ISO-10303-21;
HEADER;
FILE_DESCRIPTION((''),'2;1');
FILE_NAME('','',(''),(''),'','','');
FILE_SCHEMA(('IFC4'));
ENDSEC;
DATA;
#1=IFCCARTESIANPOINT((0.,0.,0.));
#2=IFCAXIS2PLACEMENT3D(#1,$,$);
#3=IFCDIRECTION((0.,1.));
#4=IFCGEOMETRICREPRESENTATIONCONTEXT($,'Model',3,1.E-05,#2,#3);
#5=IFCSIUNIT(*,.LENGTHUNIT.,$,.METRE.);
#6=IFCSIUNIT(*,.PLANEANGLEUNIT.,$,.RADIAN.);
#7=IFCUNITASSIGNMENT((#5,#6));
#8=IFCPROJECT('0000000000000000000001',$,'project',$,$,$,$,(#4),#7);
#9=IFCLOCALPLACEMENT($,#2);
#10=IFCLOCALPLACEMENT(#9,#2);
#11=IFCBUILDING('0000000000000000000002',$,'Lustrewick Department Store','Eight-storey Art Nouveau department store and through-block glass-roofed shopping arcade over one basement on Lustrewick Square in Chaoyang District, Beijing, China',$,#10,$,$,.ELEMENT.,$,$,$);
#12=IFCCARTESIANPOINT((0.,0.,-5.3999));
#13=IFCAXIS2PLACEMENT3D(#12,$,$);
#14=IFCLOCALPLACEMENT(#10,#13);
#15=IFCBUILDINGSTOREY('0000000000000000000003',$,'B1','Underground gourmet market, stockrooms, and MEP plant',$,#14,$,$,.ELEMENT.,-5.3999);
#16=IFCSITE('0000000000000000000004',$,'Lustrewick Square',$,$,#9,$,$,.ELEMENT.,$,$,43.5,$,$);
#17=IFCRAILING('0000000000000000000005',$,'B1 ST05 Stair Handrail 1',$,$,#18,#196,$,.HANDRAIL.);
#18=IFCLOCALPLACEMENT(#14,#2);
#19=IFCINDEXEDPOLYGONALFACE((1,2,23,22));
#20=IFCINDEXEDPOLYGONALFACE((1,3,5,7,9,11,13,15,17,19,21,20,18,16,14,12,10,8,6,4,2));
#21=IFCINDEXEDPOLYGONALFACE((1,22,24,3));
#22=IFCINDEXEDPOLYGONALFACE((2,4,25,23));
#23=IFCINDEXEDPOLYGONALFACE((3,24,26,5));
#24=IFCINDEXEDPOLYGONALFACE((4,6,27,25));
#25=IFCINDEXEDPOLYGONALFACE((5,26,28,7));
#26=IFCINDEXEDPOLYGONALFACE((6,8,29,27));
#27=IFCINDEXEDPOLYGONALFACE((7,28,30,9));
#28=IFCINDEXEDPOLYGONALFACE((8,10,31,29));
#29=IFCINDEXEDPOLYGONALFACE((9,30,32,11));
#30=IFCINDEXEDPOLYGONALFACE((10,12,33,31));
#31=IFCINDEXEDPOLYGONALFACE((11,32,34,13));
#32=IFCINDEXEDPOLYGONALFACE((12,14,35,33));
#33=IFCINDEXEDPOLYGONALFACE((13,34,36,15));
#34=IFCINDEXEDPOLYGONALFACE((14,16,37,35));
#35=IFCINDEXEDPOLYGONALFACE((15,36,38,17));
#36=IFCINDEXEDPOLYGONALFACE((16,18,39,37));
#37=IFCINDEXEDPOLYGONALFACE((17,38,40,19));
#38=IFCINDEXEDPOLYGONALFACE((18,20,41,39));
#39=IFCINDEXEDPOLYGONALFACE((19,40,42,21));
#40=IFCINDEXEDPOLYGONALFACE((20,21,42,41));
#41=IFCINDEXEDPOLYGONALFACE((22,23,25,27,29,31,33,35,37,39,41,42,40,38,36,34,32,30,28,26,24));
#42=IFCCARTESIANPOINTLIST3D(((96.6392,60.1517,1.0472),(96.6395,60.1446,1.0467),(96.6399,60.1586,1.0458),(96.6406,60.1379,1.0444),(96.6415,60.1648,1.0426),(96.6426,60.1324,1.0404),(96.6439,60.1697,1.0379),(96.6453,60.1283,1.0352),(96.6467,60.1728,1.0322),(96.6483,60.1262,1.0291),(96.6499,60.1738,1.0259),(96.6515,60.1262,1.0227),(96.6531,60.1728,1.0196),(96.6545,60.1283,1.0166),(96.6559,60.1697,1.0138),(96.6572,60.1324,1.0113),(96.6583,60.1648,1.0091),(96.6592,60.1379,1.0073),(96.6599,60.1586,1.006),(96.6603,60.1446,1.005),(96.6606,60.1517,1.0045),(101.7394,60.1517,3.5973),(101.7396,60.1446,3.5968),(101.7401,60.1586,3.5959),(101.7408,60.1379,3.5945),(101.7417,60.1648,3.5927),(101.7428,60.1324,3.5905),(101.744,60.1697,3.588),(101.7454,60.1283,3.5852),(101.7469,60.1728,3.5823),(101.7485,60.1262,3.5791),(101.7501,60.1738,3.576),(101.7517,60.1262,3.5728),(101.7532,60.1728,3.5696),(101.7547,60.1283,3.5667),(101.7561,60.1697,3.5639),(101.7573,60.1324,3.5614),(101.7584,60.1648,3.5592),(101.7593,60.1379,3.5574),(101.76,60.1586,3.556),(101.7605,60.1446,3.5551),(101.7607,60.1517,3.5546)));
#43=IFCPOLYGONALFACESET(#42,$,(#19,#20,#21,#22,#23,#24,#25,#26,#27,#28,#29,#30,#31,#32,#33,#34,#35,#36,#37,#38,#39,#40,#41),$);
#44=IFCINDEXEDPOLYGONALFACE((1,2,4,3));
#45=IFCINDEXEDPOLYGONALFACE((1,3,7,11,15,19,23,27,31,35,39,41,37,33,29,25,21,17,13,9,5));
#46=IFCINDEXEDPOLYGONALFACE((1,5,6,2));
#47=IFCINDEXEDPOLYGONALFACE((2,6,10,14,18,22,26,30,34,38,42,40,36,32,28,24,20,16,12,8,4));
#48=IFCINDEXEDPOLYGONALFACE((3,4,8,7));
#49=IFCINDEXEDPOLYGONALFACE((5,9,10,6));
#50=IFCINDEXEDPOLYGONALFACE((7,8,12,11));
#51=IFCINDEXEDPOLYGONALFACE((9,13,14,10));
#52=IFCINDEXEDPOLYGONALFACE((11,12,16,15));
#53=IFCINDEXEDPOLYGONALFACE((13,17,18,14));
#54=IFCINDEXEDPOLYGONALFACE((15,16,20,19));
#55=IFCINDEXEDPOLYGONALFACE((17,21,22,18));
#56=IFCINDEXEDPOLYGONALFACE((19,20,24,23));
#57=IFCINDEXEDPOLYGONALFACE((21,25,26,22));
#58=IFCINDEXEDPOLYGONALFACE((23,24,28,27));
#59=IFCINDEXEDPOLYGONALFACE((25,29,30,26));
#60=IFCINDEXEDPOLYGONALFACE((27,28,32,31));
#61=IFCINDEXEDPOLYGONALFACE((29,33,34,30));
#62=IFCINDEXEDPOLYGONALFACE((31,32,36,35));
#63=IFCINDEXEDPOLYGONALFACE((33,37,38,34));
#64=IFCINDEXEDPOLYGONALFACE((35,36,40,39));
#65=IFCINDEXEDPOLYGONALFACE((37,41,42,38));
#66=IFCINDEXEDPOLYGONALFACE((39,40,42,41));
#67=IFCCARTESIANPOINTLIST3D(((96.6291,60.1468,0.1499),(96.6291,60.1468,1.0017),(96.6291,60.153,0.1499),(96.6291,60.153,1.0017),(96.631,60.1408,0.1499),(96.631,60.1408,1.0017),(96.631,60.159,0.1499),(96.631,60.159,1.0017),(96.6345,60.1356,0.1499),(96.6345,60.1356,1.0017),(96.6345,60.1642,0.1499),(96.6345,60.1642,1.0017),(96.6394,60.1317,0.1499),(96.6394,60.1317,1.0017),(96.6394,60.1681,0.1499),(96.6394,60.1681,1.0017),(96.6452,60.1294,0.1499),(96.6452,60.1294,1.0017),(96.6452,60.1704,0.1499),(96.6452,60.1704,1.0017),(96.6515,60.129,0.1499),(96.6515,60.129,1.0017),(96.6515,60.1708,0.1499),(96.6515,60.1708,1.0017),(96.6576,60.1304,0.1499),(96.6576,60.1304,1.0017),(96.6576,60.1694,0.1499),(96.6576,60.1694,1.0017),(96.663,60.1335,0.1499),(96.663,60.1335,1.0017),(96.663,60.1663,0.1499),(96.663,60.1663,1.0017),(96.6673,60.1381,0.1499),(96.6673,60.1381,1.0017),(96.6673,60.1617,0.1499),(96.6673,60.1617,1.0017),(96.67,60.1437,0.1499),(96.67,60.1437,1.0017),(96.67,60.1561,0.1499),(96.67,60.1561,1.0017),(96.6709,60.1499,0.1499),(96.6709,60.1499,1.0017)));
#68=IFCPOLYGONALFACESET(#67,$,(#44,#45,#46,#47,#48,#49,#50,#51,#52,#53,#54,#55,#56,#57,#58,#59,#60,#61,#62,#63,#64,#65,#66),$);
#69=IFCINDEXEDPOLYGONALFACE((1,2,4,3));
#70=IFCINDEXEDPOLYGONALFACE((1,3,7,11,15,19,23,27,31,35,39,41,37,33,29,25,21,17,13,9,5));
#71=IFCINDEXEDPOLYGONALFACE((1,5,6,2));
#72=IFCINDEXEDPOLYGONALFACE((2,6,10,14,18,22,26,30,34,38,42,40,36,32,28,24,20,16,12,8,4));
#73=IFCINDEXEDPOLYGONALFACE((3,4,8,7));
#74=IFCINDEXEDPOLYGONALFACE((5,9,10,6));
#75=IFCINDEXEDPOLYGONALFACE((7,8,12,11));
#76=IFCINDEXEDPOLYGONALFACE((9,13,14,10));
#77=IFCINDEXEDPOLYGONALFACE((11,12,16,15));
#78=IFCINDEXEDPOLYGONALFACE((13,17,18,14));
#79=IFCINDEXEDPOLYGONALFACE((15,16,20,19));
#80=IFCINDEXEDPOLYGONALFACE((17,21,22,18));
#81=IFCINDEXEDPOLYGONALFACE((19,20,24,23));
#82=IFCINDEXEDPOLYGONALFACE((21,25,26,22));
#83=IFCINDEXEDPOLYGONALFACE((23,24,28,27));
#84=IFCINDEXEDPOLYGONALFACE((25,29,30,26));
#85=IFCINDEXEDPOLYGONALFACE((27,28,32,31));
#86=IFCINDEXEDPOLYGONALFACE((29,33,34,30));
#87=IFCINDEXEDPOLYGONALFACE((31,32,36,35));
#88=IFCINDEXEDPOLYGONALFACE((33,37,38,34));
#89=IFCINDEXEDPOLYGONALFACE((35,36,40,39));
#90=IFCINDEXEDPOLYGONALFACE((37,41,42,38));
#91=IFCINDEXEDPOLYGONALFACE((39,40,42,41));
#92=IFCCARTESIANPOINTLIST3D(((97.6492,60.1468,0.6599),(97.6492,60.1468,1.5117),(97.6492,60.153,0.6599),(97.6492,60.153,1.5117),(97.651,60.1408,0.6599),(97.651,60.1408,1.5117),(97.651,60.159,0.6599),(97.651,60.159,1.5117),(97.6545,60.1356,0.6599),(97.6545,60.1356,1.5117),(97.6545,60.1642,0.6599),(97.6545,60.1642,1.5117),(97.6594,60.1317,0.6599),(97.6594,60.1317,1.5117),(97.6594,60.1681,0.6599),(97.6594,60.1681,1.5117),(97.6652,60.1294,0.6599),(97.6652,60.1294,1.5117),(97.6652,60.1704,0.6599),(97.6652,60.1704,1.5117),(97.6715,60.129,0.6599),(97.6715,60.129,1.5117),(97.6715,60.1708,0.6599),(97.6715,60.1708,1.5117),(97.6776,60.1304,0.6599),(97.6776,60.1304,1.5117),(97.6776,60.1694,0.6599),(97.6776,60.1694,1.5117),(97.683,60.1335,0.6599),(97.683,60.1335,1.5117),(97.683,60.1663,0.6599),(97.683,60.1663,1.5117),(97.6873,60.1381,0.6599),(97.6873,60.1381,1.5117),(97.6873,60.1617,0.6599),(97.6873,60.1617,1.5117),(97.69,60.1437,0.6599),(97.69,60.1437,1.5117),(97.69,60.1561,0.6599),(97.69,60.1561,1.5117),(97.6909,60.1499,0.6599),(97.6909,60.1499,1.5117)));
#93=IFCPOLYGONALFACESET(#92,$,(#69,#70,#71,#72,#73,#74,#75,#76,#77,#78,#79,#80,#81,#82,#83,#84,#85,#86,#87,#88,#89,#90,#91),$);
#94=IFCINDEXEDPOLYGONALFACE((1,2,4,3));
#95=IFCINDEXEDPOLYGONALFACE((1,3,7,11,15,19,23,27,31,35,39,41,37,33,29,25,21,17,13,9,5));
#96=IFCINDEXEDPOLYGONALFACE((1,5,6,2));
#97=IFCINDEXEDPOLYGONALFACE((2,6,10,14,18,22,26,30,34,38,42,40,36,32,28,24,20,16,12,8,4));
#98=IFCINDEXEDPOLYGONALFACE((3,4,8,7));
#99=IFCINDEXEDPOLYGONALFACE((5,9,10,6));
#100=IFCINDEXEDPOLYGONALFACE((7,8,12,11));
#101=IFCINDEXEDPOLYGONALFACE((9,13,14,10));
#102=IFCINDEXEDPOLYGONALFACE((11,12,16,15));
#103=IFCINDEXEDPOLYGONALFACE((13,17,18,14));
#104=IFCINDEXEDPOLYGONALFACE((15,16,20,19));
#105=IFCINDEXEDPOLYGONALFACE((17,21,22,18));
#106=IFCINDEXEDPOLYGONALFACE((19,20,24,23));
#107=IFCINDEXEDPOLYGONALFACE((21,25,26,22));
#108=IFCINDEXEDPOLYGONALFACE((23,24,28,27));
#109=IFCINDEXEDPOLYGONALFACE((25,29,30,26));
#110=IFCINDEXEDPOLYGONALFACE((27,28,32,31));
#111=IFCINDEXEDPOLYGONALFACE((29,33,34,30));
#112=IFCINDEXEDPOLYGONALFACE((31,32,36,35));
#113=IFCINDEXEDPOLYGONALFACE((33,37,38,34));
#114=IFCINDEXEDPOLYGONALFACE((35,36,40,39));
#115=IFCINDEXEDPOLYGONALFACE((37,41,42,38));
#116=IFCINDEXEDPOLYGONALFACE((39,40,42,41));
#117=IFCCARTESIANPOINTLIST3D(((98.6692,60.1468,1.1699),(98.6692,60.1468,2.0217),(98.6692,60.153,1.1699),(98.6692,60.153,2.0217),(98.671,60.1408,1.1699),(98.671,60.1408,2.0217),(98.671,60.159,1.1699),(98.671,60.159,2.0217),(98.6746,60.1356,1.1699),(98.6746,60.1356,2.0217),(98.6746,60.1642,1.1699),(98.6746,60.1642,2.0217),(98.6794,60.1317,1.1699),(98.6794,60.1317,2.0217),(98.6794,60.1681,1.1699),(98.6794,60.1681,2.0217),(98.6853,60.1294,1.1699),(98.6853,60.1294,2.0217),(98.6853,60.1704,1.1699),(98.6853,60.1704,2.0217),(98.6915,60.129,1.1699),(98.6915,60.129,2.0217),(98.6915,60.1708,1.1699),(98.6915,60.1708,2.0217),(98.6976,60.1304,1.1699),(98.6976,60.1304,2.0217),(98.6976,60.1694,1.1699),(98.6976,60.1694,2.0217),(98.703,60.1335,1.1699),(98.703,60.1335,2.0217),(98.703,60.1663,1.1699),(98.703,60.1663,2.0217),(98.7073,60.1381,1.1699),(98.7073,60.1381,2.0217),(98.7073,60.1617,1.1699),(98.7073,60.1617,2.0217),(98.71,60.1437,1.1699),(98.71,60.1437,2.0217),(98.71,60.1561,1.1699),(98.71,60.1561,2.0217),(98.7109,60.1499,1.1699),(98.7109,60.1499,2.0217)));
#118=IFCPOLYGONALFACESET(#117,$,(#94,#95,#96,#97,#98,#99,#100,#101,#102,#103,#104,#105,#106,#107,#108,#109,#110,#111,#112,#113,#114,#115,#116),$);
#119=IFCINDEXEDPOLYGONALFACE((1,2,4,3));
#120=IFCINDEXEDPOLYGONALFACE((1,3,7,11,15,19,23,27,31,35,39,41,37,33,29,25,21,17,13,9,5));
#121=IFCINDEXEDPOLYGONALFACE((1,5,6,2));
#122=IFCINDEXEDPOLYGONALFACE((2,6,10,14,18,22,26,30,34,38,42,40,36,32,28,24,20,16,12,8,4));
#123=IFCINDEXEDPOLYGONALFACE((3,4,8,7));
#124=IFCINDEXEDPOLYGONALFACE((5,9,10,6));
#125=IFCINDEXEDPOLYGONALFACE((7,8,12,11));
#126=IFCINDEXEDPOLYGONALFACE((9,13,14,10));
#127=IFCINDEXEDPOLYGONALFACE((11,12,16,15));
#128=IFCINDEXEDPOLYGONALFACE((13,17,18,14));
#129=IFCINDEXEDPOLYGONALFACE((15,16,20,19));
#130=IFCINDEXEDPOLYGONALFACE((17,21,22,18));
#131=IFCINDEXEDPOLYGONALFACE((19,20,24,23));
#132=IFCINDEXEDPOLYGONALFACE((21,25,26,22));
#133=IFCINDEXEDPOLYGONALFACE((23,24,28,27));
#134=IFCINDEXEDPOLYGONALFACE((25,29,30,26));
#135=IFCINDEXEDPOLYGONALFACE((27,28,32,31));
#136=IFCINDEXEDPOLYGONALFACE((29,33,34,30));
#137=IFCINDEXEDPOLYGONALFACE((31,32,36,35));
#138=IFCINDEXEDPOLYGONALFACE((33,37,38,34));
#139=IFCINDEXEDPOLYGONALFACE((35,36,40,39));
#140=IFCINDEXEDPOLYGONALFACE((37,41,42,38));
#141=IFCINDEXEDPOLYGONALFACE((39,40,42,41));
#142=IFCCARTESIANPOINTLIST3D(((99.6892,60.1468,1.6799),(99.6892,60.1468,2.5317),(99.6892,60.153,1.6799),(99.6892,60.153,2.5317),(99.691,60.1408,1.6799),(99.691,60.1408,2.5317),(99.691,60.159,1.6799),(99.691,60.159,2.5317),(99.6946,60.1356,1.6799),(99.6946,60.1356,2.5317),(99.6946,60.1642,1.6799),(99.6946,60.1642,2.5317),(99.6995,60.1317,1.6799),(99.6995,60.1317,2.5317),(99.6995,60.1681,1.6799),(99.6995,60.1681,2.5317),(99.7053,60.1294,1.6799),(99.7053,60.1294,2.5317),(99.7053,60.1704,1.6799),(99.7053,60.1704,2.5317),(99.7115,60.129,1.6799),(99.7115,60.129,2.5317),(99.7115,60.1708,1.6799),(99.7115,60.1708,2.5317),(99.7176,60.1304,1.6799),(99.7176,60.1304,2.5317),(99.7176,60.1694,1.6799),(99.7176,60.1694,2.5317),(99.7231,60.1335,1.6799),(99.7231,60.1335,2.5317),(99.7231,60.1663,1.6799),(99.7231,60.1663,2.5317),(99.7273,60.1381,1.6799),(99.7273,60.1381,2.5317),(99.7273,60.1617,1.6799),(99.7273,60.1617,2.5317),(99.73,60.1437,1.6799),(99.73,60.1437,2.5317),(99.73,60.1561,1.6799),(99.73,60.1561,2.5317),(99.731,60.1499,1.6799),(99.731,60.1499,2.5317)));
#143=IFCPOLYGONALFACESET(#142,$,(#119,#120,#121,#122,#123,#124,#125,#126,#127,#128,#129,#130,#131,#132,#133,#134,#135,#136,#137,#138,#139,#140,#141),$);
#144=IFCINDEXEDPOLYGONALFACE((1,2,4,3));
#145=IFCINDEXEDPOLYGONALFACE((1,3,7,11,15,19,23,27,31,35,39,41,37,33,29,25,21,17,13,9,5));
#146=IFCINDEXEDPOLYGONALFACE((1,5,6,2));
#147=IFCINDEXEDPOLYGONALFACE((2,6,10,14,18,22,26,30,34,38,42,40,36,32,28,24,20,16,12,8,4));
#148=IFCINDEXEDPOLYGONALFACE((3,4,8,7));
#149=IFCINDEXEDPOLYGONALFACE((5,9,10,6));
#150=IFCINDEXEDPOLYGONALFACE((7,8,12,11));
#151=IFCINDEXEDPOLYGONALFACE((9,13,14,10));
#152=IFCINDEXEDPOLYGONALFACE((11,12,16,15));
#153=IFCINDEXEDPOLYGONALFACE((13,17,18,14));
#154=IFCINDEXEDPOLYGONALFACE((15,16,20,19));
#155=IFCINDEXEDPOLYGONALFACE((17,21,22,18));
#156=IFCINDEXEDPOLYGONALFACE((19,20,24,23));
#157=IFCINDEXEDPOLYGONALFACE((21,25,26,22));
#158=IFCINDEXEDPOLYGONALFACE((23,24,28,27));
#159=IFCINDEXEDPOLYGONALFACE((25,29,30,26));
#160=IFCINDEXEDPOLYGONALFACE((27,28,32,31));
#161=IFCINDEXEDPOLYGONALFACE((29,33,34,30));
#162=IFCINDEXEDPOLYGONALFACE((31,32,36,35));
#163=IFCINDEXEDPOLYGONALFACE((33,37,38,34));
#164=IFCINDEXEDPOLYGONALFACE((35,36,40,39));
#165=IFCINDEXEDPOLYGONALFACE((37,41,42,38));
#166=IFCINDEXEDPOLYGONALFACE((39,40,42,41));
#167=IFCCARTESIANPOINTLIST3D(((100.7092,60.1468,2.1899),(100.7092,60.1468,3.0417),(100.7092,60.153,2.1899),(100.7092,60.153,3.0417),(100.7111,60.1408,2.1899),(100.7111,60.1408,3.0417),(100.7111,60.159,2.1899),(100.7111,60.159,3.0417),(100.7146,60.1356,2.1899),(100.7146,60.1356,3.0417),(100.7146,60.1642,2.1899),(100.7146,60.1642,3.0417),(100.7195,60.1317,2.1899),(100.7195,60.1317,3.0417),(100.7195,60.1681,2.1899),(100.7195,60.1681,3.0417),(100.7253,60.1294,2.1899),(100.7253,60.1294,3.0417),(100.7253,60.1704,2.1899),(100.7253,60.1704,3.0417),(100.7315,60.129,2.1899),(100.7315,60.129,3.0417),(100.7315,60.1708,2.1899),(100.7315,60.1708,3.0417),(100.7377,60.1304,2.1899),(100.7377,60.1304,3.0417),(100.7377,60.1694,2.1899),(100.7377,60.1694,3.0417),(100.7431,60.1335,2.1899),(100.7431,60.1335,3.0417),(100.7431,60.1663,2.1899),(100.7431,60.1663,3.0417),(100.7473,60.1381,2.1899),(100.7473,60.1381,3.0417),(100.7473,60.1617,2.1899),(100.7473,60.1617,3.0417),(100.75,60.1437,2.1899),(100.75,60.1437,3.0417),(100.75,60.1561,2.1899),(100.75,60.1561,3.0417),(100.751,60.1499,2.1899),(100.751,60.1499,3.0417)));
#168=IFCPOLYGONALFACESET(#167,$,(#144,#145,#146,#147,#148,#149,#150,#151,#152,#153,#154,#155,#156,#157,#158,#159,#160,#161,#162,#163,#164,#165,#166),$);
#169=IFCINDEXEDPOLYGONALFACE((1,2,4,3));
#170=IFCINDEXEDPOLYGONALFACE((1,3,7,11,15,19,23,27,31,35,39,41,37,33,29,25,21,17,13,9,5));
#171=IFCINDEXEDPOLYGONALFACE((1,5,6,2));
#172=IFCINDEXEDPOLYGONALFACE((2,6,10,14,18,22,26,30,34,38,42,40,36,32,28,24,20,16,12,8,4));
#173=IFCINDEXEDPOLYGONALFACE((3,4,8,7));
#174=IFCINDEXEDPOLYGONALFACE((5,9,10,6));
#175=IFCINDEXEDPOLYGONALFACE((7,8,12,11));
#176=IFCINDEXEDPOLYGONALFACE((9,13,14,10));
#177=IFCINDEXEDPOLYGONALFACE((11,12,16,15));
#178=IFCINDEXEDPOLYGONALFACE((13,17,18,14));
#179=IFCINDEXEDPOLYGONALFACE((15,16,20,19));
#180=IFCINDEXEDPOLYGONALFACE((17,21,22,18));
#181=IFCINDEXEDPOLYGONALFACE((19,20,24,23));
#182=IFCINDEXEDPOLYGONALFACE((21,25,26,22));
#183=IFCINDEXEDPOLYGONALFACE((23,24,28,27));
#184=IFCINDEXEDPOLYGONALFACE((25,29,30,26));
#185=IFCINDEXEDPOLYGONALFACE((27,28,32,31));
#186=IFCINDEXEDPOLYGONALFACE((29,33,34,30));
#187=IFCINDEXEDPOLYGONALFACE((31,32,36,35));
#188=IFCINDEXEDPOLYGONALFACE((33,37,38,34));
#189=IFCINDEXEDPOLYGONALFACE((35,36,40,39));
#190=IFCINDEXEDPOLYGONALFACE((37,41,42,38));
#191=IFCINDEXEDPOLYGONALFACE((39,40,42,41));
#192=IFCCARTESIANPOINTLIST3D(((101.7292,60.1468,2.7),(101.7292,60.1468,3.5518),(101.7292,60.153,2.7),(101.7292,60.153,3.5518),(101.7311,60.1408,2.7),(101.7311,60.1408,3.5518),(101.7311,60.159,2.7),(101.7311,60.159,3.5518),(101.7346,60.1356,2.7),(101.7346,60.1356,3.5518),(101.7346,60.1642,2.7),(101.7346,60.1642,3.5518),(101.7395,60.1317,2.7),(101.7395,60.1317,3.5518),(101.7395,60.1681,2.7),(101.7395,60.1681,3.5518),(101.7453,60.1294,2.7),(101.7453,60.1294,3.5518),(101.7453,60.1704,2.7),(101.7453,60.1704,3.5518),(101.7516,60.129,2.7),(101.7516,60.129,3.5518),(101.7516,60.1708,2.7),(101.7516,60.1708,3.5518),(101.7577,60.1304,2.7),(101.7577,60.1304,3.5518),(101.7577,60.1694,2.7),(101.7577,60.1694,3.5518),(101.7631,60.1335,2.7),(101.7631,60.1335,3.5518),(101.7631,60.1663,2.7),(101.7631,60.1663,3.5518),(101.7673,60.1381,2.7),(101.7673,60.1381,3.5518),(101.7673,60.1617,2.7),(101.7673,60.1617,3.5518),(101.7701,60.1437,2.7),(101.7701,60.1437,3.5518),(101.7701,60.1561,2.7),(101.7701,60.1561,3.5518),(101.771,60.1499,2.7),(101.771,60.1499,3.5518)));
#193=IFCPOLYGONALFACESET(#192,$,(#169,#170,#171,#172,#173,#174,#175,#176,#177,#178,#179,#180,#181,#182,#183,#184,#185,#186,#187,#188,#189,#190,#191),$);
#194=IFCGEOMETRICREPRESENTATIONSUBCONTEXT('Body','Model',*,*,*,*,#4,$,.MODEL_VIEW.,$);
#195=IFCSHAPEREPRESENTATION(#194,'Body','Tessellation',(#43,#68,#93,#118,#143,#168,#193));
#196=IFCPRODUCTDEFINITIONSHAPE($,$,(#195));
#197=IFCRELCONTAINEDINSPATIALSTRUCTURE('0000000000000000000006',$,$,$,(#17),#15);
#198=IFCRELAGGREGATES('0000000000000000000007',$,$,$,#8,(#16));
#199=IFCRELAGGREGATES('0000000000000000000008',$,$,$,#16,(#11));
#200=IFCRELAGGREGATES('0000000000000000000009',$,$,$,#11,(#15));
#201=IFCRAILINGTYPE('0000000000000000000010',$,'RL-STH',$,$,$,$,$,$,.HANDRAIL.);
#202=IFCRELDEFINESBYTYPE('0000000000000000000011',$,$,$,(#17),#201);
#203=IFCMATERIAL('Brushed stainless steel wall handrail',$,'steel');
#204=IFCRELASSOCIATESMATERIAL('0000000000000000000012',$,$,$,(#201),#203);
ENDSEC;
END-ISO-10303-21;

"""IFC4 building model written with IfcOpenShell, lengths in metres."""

from ifc_helpers import new_model, si_unit, direction, frame, origin, origin_2d, place, context, subcontext, project, spatial, circle, extrude, material, type_object, element, save


model = new_model("IFC4")

# Units and contexts
model_context = context("Model", 3, precision=1e-05, world=origin(), true_north=direction((0.0, 1.0)))
body_context = subcontext(model_context, "Body", "Model", "MODEL_VIEW")
ifc_project = project(units=[si_unit("LENGTHUNIT", "METRE"), si_unit("PLANEANGLEUNIT", "RADIAN")], contexts=[model_context])

# Site, building, storey
site_placement = place(None, origin())
site = spatial("IfcSite", under=ifc_project, at=site_placement, Name="Lustrewick Square", CompositionType="ELEMENT", RefElevation=43.5)
building_placement = place(site_placement, origin())
building = spatial("IfcBuilding", under=site, at=building_placement, Name="Lustrewick Department Store", Description="Eight-storey Art Nouveau department store and through-block glass-roofed shopping arcade over one basement on Lustrewick Square in Chaoyang District, Beijing, China", CompositionType="ELEMENT")
storey_placement = place(building_placement, frame((0.0, 0.0, -5.3999)))
storey = spatial("IfcBuildingStorey", under=building, at=storey_placement, Name="B1", Description="Underground gourmet market, stockrooms, and MEP plant", CompositionType="ELEMENT", Elevation=-5.3999)

# Railing
ifc_material_1 = material(Name="Brushed stainless steel wall handrail", Category="steel")
railing_type_1 = type_object("IfcRailingType", Name="RL-STH", PredefinedType="HANDRAIL", material=ifc_material_1)
railing_1_placement = place(storey_placement, frame((96.6499, 60.1499, 0.1499)))
element("IfcRailing", 1, at=railing_1_placement, inside=storey, type_object=railing_type_1, Name="B1 ST05 Stair Handrail 1", PredefinedType="HANDRAIL", context=body_context, shape_type="SweptSolid", body=[
    extrude(circle(Radius=0.0239, at=origin_2d()), frame((0.0, 0.0, 0.876), z_axis=(0.894427, 0.0, 0.447214), x_axis=(0.0, 1.0, 0.0)), (0.0, 0.0, 1.0), 5.7021),
    extrude(circle(Radius=0.021, at=origin_2d()), origin(), (0.0, 0.0, 1.0), 0.8518),
    extrude(circle(Radius=0.021, at=origin_2d()), frame((1.02, 0.0, 0.51)), (0.0, 0.0, 1.0), 0.8518),
    extrude(circle(Radius=0.021, at=origin_2d()), frame((2.04, 0.0, 1.02)), (0.0, 0.0, 1.0), 0.8518),
    extrude(circle(Radius=0.021, at=origin_2d()), frame((3.0601, 0.0, 1.53)), (0.0, 0.0, 1.0), 0.8518),
    extrude(circle(Radius=0.021, at=origin_2d()), frame((4.0801, 0.0, 2.04)), (0.0, 0.0, 1.0), 0.8518),
    extrude(circle(Radius=0.021, at=origin_2d()), frame((5.1001, 0.0, 2.55)), (0.0, 0.0, 1.0), 0.8518),
])

save(model, "model.ifc")
